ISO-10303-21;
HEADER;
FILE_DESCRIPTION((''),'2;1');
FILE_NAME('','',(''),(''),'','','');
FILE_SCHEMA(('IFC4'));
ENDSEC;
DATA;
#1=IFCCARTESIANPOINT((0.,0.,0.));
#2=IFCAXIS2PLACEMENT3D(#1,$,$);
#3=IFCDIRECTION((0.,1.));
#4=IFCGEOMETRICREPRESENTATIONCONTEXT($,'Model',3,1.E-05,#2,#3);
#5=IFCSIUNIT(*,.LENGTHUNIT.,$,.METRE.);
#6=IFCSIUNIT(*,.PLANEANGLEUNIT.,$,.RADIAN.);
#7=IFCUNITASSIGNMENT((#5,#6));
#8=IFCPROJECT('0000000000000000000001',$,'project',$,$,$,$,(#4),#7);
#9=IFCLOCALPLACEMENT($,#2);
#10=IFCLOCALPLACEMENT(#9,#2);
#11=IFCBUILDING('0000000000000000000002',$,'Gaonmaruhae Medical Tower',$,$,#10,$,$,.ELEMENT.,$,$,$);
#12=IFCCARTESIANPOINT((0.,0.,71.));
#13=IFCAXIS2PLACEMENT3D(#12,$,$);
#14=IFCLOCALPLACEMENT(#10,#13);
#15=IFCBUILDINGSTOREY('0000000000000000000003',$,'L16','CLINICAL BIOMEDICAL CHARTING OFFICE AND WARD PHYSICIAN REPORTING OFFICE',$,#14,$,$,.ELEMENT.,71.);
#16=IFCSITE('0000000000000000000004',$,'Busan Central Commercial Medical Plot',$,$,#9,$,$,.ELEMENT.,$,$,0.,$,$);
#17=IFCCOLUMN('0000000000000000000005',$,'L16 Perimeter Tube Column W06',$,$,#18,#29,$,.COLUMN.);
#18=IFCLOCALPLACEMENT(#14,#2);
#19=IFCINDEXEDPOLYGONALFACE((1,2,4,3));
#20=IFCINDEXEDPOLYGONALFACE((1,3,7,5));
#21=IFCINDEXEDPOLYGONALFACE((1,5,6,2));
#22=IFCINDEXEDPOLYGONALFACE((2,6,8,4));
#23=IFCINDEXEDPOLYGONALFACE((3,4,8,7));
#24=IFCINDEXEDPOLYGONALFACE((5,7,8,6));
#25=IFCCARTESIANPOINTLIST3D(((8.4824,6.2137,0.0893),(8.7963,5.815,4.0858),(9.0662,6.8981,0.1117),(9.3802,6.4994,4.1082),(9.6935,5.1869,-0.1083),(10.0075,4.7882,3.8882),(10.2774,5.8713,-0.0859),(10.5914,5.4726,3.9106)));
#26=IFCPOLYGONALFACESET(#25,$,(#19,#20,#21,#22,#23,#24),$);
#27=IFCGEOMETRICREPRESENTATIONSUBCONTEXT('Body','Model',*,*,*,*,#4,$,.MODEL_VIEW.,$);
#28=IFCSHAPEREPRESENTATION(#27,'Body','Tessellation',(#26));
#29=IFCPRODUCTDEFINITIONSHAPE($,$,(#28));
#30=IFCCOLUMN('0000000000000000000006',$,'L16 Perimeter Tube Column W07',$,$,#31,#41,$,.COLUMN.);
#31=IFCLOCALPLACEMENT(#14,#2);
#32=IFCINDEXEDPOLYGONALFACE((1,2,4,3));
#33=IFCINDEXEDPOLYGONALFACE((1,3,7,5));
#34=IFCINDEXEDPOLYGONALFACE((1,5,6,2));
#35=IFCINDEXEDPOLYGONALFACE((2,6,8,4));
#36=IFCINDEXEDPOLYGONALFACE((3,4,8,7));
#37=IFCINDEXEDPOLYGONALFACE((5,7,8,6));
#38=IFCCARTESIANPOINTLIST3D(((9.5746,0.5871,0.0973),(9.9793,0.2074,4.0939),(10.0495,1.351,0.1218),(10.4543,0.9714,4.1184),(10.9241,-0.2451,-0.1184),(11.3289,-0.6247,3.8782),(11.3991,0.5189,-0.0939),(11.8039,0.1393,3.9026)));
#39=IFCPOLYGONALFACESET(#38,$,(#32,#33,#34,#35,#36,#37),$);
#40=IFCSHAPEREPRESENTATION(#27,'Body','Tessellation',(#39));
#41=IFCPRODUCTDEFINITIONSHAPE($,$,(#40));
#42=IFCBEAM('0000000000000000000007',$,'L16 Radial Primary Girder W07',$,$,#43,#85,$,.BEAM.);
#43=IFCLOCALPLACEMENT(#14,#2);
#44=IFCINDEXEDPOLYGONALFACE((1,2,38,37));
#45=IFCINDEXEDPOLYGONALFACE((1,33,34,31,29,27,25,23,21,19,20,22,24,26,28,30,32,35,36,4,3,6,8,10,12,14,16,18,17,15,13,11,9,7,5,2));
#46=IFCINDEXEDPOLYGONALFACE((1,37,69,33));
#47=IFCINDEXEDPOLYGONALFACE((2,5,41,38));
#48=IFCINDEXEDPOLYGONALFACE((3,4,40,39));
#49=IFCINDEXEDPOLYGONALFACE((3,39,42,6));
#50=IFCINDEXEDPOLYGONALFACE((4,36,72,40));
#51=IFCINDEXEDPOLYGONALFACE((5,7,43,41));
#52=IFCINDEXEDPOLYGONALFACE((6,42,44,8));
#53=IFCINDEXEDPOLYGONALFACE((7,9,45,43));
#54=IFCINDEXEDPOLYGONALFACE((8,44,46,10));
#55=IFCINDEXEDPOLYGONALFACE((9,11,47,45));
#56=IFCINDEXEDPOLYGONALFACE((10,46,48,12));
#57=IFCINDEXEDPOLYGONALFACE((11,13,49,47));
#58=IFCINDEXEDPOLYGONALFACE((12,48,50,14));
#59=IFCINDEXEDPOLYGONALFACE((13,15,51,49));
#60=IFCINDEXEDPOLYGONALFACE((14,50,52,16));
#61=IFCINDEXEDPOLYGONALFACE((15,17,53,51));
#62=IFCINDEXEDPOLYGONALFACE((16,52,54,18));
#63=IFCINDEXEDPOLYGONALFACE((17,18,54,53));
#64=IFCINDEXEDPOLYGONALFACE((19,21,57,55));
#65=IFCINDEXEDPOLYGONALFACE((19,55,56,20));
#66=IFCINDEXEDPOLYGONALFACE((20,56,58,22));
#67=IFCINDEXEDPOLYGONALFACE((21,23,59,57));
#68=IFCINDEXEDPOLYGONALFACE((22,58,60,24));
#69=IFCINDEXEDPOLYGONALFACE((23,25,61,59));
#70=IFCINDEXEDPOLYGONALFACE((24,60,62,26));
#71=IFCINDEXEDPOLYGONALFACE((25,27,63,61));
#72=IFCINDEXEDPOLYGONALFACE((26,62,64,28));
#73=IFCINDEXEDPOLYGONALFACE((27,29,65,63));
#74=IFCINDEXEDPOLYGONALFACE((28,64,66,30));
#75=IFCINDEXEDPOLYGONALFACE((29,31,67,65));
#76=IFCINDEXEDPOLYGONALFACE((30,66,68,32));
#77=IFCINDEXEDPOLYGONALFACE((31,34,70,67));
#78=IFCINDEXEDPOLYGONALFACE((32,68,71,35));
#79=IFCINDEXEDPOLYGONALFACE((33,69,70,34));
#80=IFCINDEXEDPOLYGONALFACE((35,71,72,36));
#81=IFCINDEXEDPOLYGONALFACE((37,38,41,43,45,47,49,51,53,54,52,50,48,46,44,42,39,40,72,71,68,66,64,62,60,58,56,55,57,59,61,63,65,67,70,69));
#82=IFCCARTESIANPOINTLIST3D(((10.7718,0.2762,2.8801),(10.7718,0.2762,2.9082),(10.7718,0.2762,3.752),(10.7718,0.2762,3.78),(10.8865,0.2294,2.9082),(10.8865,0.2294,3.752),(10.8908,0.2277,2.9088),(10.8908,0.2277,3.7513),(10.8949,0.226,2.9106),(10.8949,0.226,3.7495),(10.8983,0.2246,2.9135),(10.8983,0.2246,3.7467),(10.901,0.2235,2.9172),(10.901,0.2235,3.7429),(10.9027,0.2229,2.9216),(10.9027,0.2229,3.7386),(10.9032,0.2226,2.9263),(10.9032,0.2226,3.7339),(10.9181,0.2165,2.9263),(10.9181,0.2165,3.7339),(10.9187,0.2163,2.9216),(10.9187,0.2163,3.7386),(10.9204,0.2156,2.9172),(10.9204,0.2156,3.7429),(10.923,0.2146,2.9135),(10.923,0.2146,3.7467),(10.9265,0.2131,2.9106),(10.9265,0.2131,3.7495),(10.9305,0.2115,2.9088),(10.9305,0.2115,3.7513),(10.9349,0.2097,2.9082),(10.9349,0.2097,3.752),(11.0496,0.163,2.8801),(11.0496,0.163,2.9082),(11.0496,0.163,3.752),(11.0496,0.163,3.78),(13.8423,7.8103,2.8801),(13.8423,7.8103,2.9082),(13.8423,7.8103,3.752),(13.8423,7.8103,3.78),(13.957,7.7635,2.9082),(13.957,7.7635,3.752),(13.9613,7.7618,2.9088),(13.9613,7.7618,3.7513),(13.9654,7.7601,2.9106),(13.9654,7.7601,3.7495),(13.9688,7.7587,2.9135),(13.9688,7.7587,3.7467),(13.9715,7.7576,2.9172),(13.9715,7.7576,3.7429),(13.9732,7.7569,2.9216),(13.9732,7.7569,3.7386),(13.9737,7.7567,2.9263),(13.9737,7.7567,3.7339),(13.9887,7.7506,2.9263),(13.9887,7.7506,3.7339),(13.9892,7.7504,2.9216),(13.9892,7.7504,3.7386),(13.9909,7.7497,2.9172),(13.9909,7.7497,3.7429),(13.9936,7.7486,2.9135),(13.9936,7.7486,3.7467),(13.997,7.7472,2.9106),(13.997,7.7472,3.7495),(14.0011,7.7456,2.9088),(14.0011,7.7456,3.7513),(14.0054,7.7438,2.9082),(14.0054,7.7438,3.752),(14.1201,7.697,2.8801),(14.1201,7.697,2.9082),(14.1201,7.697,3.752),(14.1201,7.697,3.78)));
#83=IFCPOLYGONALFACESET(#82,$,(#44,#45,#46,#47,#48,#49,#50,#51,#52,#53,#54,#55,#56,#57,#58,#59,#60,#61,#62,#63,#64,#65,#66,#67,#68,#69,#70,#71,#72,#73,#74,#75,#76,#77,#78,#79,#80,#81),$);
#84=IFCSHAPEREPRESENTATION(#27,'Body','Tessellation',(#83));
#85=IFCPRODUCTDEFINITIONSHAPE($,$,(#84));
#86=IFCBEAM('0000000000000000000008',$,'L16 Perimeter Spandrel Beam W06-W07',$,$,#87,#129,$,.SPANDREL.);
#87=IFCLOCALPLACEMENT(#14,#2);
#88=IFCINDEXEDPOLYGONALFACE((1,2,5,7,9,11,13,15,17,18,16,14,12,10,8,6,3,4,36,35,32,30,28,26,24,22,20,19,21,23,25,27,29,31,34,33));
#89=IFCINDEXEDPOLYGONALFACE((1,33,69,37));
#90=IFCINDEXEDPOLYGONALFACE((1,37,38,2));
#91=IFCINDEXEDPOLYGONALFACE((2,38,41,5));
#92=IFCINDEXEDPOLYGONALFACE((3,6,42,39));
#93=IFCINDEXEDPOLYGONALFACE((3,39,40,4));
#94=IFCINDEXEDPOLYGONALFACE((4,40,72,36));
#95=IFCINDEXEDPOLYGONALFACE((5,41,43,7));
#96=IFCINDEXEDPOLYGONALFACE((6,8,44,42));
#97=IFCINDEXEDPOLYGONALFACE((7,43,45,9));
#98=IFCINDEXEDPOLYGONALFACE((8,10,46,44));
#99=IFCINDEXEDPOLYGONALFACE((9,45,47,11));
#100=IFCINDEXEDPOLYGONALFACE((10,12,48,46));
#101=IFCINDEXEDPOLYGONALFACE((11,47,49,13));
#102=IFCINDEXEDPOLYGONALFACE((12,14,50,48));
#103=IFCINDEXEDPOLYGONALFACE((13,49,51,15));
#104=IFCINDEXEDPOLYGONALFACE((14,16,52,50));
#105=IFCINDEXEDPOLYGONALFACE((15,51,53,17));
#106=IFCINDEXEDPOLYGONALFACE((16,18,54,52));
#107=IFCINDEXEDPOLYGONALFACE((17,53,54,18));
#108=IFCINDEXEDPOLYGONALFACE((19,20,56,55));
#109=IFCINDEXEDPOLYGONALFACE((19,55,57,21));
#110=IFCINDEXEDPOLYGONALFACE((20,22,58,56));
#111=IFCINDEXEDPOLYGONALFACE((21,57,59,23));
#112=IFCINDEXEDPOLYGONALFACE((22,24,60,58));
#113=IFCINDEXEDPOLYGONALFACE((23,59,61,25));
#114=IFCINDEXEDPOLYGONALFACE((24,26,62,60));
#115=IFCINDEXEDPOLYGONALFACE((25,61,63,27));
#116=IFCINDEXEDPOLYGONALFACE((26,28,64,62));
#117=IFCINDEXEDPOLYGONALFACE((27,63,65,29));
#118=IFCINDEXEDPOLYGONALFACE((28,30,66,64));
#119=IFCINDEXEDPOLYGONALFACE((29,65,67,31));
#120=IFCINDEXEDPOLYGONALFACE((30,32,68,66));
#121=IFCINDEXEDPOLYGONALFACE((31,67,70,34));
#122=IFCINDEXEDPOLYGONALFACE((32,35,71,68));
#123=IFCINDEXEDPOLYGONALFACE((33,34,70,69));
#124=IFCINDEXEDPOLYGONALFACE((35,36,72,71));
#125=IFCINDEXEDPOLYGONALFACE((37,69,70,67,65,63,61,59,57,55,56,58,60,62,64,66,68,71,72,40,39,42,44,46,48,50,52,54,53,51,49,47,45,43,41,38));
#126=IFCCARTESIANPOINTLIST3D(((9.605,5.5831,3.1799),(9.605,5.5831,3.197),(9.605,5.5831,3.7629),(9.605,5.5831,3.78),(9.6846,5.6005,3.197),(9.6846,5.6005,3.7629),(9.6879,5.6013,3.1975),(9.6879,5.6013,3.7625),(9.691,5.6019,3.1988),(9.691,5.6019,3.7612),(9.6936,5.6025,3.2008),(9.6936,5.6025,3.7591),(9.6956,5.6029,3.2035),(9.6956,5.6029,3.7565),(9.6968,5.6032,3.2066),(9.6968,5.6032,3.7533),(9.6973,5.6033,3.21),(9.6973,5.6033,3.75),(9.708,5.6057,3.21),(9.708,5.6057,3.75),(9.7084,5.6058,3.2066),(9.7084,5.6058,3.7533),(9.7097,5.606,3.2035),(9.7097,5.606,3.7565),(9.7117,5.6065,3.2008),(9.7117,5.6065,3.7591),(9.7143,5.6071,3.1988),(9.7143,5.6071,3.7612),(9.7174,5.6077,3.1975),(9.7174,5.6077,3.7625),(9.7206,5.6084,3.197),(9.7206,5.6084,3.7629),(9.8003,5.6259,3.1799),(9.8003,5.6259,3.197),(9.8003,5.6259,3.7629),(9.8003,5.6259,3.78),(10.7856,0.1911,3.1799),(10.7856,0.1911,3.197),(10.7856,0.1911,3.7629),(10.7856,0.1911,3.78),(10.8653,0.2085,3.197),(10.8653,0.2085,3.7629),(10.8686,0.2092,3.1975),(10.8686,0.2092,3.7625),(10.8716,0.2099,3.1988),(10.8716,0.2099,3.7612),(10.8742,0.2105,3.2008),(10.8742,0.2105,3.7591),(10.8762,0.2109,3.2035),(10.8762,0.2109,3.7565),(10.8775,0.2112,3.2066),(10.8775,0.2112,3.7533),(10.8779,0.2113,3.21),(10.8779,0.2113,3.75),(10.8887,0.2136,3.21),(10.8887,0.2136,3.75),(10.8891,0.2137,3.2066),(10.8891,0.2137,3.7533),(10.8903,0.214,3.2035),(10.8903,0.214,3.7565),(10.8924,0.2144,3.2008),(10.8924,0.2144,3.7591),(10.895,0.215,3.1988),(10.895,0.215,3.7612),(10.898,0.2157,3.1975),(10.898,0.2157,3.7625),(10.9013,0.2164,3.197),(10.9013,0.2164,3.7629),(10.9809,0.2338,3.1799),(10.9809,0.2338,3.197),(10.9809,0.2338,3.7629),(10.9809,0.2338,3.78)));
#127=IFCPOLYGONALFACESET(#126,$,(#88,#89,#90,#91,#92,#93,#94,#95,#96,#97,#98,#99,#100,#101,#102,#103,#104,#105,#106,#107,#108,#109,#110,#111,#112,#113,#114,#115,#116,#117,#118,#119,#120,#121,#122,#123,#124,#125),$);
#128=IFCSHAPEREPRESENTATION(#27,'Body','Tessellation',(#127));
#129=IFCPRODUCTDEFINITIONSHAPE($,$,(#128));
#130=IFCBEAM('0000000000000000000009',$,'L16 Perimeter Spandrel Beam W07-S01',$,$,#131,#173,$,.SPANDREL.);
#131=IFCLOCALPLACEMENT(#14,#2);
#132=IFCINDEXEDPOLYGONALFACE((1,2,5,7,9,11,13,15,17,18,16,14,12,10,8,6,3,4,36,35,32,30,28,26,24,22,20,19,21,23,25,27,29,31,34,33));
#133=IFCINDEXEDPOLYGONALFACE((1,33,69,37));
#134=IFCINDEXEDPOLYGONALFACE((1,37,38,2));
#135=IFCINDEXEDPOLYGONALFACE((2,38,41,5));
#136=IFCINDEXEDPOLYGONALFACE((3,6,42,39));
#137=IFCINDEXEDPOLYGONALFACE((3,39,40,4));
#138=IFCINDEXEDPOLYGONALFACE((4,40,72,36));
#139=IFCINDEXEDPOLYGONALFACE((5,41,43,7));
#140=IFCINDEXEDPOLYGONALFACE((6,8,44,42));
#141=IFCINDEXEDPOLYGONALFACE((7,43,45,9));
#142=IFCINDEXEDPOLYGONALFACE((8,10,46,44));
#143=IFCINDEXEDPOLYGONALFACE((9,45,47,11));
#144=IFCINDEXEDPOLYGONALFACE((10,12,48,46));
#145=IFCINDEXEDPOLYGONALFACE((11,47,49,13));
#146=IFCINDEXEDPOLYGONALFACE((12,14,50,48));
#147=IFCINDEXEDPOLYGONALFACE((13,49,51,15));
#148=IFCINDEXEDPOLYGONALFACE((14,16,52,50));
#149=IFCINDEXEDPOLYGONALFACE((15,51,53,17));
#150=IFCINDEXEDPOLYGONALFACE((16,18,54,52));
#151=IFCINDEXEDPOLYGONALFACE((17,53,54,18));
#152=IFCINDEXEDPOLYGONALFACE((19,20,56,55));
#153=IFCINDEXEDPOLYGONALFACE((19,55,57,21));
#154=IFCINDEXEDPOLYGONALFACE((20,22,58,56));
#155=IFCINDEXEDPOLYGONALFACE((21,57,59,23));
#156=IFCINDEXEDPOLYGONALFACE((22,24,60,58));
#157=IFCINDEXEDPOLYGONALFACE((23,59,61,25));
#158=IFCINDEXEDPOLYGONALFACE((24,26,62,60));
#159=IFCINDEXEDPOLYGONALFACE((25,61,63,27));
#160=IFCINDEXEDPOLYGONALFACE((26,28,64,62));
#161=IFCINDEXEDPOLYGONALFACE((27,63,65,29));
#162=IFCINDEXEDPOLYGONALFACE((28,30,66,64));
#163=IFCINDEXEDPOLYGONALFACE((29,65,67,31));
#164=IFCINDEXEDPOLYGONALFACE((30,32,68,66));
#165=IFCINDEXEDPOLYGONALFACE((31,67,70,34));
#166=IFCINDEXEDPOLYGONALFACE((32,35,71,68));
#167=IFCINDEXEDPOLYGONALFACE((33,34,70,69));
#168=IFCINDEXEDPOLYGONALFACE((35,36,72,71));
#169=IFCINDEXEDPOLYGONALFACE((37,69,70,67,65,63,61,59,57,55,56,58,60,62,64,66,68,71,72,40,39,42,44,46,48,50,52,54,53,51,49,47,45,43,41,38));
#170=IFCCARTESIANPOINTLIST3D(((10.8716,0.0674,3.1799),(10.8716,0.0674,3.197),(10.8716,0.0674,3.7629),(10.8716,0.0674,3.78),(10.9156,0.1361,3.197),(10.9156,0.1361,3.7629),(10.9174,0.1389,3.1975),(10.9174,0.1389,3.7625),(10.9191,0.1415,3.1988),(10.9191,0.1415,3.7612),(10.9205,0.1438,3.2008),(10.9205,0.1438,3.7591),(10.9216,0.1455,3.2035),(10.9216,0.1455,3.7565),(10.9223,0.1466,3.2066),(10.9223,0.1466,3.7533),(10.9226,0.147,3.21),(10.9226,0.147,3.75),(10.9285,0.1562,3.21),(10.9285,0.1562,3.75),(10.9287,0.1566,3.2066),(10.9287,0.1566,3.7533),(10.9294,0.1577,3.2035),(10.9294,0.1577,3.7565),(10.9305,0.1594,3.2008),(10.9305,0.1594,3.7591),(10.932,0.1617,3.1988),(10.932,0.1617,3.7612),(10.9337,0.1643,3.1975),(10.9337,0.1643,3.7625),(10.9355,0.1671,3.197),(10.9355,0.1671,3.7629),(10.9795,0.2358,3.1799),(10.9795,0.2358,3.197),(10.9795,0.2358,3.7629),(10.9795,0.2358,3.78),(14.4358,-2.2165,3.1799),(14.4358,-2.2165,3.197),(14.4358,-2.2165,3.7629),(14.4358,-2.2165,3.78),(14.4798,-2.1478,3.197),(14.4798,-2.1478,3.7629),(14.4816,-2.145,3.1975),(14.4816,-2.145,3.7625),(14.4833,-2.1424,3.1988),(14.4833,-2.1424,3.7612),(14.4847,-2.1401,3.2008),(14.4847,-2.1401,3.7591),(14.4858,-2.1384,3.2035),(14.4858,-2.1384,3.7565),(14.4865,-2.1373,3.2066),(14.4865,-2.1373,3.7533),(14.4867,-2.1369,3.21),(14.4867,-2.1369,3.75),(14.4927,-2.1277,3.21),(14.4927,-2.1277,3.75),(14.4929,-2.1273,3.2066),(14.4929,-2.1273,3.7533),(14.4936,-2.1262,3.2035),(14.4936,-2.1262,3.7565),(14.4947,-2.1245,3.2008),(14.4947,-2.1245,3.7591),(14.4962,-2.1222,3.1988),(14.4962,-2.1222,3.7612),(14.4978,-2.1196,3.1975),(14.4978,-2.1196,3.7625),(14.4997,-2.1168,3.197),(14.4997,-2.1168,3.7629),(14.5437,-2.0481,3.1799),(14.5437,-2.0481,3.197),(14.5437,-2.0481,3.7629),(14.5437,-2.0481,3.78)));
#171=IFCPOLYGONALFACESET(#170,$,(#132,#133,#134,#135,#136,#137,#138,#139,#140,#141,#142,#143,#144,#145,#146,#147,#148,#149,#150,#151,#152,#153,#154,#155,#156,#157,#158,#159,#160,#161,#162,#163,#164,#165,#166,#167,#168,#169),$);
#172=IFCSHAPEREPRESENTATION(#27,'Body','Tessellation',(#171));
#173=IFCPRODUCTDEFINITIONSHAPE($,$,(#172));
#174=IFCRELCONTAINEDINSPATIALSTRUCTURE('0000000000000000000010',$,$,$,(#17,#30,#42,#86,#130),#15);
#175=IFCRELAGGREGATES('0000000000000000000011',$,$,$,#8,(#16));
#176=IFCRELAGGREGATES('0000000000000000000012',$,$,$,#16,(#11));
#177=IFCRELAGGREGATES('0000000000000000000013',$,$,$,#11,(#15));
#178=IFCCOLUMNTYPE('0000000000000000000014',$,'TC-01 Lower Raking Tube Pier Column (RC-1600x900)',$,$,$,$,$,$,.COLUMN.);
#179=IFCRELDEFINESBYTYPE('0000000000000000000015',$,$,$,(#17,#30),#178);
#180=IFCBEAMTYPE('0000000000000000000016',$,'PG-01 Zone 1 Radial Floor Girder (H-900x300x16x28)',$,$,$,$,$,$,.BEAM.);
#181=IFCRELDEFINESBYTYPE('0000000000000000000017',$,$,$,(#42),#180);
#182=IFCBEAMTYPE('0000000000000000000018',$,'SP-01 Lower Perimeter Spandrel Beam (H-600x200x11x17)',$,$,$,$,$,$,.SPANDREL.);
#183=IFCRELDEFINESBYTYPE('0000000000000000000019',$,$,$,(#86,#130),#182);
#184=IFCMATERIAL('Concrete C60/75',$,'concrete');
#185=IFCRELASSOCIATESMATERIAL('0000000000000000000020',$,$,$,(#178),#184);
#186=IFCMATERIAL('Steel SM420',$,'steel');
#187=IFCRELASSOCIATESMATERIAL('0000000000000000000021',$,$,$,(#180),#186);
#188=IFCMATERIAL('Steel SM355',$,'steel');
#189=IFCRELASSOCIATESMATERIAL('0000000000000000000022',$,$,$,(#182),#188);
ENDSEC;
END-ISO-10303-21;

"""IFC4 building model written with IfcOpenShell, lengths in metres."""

from ifc_helpers import new_model, si_unit, direction, frame, origin, origin_2d, place, context, subcontext, project, spatial, rectangle, i_section, extrude, material, material_profile, profile_set, type_object, element, save


model = new_model("IFC4")

# Units and contexts
model_context = context("Model", 3, precision=1e-05, world=origin(), true_north=direction((0.0, 1.0)))
body_context = subcontext(model_context, "Body", "Model", "MODEL_VIEW")
ifc_project = project(units=[si_unit("LENGTHUNIT", "METRE"), si_unit("PLANEANGLEUNIT", "RADIAN")], contexts=[model_context])

# Site, building, storey
site_placement = place(None, origin())
site = spatial("IfcSite", under=ifc_project, at=site_placement, Name="Busan Central Commercial Medical Plot", CompositionType="ELEMENT", RefElevation=0.0)
building_placement = place(site_placement, origin())
building = spatial("IfcBuilding", under=site, at=building_placement, Name="Gaonmaruhae Medical Tower", CompositionType="ELEMENT")
storey_placement = place(building_placement, frame((0.0, 0.0, 71.0)))
storey = spatial("IfcBuildingStorey", under=building, at=storey_placement, Name="L16", Description="CLINICAL BIOMEDICAL CHARTING OFFICE AND WARD PHYSICIAN REPORTING OFFICE", CompositionType="ELEMENT", Elevation=71.0)

# Columns
ifc_material_1 = material(Name="Concrete C60/75", Category="concrete")
ifc_material_profile_1 = material_profile(ifc_material_1, rectangle(XDim=1.6001, YDim=0.8999, at=origin_2d()), Name="RC-1600x900")
ifc_profile_set_1 = profile_set([ifc_material_profile_1], Name="Concrete C60/75")
column_type = type_object("IfcColumnType", Name="TC-01 Lower Raking Tube Pier Column (RC-1600x900)", PredefinedType="COLUMN", material=ifc_profile_set_1)
column_1_placement = place(storey_placement, frame((9.3799, 6.0425, 0.0017), z_axis=(0.077933, -0.098961, 0.992035), x_axis=(-0.756942, 0.64171, 0.123478)))
element("IfcColumn", 1, at=column_1_placement, inside=storey, type_object=column_type, Name="L16 Perimeter Tube Column W06", PredefinedType="COLUMN", context=body_context, shape_type="SweptSolid", body=[
    extrude(rectangle(XDim=1.6001, YDim=0.8999, at=origin_2d()), origin(), (0.0, 0.0, 1.0), 4.0286),
])
column_2_placement = place(storey_placement, frame((10.4868, 0.553, 0.0017), z_axis=(0.10032, -0.094088, 0.990496), x_axis=(-0.84343, 0.520047, 0.134825)))
element("IfcColumn", 2, at=column_2_placement, inside=storey, type_object=column_type, Name="L16 Perimeter Tube Column W07", PredefinedType="COLUMN", context=body_context, shape_type="SweptSolid", body=[
    extrude(rectangle(XDim=1.6001, YDim=0.8999, at=origin_2d()), origin(), (0.0, 0.0, 1.0), 4.0349),
])

# Beams
ifc_material_2 = material(Name="Steel SM420", Category="steel")
ifc_material_profile_2 = material_profile(ifc_material_2, i_section(OverallWidth=0.3, OverallDepth=0.8999, WebThickness=0.0161, FlangeThickness=0.0281, FilletRadius=0.0181, at=origin_2d()), Name="H-900x300x16x28")
ifc_profile_set_2 = profile_set([ifc_material_profile_2], Name="Steel SM420")
beam_type_1 = type_object("IfcBeamType", Name="PG-01 Zone 1 Radial Floor Girder (H-900x300x16x28)", PredefinedType="BEAM", material=ifc_profile_set_2)
beam_1_placement = place(storey_placement, frame((13.9812, 7.7537, 3.3301), z_axis=(-0.37741, -0.926046, 0.0), x_axis=(0.926046, -0.37741, 0.0)))
element("IfcBeam", 3, at=beam_1_placement, inside=storey, type_object=beam_type_1, Name="L16 Radial Primary Girder W07", PredefinedType="BEAM", context=body_context, shape_type="SweptSolid", body=[
    extrude(i_section(OverallWidth=0.3, OverallDepth=0.8999, WebThickness=0.0161, FlangeThickness=0.0281, FilletRadius=0.0181, at=origin_2d()), origin(), (0.0, 0.0, 1.0), 8.1357),
])
ifc_material_3 = material(Name="Steel SM355", Category="steel")
ifc_material_profile_3 = material_profile(ifc_material_3, i_section(OverallWidth=0.2, OverallDepth=0.6001, WebThickness=0.011, FlangeThickness=0.0171, FilletRadius=0.0129, at=origin_2d()), Name="H-600x200x11x17")
ifc_profile_set_3 = profile_set([ifc_material_profile_3], Name="Steel SM355")
beam_type_2 = type_object("IfcBeamType", Name="SP-01 Lower Perimeter Spandrel Beam (H-600x200x11x17)", PredefinedType="SPANDREL", material=ifc_profile_set_3)
beam_2_placement = place(storey_placement, frame((9.7026, 5.6045, 3.48), z_axis=(0.213895, -0.976857, 0.0), x_axis=(0.976857, 0.213895, 0.0)))
element("IfcBeam", 4, at=beam_2_placement, inside=storey, type_object=beam_type_2, Name="L16 Perimeter Spandrel Beam W06-W07", PredefinedType="SPANDREL", context=body_context, shape_type="SweptSolid", body=[
    extrude(i_section(OverallWidth=0.2, OverallDepth=0.6001, WebThickness=0.011, FlangeThickness=0.0171, FilletRadius=0.0129, at=origin_2d()), origin(), (0.0, 0.0, 1.0), 5.5198),
])
beam_3_placement = place(storey_placement, frame((10.9255, 0.1516, 3.48), z_axis=(0.841966, -0.53953, 0.0), x_axis=(0.53953, 0.841966, 0.0)))
element("IfcBeam", 5, at=beam_3_placement, inside=storey, type_object=beam_type_2, Name="L16 Perimeter Spandrel Beam W07-S01", PredefinedType="SPANDREL", context=body_context, shape_type="SweptSolid", body=[
    extrude(i_section(OverallWidth=0.2, OverallDepth=0.6001, WebThickness=0.011, FlangeThickness=0.0171, FilletRadius=0.0129, at=origin_2d()), origin(), (0.0, 0.0, 1.0), 4.2332),
])

save(model, "model.ifc")
